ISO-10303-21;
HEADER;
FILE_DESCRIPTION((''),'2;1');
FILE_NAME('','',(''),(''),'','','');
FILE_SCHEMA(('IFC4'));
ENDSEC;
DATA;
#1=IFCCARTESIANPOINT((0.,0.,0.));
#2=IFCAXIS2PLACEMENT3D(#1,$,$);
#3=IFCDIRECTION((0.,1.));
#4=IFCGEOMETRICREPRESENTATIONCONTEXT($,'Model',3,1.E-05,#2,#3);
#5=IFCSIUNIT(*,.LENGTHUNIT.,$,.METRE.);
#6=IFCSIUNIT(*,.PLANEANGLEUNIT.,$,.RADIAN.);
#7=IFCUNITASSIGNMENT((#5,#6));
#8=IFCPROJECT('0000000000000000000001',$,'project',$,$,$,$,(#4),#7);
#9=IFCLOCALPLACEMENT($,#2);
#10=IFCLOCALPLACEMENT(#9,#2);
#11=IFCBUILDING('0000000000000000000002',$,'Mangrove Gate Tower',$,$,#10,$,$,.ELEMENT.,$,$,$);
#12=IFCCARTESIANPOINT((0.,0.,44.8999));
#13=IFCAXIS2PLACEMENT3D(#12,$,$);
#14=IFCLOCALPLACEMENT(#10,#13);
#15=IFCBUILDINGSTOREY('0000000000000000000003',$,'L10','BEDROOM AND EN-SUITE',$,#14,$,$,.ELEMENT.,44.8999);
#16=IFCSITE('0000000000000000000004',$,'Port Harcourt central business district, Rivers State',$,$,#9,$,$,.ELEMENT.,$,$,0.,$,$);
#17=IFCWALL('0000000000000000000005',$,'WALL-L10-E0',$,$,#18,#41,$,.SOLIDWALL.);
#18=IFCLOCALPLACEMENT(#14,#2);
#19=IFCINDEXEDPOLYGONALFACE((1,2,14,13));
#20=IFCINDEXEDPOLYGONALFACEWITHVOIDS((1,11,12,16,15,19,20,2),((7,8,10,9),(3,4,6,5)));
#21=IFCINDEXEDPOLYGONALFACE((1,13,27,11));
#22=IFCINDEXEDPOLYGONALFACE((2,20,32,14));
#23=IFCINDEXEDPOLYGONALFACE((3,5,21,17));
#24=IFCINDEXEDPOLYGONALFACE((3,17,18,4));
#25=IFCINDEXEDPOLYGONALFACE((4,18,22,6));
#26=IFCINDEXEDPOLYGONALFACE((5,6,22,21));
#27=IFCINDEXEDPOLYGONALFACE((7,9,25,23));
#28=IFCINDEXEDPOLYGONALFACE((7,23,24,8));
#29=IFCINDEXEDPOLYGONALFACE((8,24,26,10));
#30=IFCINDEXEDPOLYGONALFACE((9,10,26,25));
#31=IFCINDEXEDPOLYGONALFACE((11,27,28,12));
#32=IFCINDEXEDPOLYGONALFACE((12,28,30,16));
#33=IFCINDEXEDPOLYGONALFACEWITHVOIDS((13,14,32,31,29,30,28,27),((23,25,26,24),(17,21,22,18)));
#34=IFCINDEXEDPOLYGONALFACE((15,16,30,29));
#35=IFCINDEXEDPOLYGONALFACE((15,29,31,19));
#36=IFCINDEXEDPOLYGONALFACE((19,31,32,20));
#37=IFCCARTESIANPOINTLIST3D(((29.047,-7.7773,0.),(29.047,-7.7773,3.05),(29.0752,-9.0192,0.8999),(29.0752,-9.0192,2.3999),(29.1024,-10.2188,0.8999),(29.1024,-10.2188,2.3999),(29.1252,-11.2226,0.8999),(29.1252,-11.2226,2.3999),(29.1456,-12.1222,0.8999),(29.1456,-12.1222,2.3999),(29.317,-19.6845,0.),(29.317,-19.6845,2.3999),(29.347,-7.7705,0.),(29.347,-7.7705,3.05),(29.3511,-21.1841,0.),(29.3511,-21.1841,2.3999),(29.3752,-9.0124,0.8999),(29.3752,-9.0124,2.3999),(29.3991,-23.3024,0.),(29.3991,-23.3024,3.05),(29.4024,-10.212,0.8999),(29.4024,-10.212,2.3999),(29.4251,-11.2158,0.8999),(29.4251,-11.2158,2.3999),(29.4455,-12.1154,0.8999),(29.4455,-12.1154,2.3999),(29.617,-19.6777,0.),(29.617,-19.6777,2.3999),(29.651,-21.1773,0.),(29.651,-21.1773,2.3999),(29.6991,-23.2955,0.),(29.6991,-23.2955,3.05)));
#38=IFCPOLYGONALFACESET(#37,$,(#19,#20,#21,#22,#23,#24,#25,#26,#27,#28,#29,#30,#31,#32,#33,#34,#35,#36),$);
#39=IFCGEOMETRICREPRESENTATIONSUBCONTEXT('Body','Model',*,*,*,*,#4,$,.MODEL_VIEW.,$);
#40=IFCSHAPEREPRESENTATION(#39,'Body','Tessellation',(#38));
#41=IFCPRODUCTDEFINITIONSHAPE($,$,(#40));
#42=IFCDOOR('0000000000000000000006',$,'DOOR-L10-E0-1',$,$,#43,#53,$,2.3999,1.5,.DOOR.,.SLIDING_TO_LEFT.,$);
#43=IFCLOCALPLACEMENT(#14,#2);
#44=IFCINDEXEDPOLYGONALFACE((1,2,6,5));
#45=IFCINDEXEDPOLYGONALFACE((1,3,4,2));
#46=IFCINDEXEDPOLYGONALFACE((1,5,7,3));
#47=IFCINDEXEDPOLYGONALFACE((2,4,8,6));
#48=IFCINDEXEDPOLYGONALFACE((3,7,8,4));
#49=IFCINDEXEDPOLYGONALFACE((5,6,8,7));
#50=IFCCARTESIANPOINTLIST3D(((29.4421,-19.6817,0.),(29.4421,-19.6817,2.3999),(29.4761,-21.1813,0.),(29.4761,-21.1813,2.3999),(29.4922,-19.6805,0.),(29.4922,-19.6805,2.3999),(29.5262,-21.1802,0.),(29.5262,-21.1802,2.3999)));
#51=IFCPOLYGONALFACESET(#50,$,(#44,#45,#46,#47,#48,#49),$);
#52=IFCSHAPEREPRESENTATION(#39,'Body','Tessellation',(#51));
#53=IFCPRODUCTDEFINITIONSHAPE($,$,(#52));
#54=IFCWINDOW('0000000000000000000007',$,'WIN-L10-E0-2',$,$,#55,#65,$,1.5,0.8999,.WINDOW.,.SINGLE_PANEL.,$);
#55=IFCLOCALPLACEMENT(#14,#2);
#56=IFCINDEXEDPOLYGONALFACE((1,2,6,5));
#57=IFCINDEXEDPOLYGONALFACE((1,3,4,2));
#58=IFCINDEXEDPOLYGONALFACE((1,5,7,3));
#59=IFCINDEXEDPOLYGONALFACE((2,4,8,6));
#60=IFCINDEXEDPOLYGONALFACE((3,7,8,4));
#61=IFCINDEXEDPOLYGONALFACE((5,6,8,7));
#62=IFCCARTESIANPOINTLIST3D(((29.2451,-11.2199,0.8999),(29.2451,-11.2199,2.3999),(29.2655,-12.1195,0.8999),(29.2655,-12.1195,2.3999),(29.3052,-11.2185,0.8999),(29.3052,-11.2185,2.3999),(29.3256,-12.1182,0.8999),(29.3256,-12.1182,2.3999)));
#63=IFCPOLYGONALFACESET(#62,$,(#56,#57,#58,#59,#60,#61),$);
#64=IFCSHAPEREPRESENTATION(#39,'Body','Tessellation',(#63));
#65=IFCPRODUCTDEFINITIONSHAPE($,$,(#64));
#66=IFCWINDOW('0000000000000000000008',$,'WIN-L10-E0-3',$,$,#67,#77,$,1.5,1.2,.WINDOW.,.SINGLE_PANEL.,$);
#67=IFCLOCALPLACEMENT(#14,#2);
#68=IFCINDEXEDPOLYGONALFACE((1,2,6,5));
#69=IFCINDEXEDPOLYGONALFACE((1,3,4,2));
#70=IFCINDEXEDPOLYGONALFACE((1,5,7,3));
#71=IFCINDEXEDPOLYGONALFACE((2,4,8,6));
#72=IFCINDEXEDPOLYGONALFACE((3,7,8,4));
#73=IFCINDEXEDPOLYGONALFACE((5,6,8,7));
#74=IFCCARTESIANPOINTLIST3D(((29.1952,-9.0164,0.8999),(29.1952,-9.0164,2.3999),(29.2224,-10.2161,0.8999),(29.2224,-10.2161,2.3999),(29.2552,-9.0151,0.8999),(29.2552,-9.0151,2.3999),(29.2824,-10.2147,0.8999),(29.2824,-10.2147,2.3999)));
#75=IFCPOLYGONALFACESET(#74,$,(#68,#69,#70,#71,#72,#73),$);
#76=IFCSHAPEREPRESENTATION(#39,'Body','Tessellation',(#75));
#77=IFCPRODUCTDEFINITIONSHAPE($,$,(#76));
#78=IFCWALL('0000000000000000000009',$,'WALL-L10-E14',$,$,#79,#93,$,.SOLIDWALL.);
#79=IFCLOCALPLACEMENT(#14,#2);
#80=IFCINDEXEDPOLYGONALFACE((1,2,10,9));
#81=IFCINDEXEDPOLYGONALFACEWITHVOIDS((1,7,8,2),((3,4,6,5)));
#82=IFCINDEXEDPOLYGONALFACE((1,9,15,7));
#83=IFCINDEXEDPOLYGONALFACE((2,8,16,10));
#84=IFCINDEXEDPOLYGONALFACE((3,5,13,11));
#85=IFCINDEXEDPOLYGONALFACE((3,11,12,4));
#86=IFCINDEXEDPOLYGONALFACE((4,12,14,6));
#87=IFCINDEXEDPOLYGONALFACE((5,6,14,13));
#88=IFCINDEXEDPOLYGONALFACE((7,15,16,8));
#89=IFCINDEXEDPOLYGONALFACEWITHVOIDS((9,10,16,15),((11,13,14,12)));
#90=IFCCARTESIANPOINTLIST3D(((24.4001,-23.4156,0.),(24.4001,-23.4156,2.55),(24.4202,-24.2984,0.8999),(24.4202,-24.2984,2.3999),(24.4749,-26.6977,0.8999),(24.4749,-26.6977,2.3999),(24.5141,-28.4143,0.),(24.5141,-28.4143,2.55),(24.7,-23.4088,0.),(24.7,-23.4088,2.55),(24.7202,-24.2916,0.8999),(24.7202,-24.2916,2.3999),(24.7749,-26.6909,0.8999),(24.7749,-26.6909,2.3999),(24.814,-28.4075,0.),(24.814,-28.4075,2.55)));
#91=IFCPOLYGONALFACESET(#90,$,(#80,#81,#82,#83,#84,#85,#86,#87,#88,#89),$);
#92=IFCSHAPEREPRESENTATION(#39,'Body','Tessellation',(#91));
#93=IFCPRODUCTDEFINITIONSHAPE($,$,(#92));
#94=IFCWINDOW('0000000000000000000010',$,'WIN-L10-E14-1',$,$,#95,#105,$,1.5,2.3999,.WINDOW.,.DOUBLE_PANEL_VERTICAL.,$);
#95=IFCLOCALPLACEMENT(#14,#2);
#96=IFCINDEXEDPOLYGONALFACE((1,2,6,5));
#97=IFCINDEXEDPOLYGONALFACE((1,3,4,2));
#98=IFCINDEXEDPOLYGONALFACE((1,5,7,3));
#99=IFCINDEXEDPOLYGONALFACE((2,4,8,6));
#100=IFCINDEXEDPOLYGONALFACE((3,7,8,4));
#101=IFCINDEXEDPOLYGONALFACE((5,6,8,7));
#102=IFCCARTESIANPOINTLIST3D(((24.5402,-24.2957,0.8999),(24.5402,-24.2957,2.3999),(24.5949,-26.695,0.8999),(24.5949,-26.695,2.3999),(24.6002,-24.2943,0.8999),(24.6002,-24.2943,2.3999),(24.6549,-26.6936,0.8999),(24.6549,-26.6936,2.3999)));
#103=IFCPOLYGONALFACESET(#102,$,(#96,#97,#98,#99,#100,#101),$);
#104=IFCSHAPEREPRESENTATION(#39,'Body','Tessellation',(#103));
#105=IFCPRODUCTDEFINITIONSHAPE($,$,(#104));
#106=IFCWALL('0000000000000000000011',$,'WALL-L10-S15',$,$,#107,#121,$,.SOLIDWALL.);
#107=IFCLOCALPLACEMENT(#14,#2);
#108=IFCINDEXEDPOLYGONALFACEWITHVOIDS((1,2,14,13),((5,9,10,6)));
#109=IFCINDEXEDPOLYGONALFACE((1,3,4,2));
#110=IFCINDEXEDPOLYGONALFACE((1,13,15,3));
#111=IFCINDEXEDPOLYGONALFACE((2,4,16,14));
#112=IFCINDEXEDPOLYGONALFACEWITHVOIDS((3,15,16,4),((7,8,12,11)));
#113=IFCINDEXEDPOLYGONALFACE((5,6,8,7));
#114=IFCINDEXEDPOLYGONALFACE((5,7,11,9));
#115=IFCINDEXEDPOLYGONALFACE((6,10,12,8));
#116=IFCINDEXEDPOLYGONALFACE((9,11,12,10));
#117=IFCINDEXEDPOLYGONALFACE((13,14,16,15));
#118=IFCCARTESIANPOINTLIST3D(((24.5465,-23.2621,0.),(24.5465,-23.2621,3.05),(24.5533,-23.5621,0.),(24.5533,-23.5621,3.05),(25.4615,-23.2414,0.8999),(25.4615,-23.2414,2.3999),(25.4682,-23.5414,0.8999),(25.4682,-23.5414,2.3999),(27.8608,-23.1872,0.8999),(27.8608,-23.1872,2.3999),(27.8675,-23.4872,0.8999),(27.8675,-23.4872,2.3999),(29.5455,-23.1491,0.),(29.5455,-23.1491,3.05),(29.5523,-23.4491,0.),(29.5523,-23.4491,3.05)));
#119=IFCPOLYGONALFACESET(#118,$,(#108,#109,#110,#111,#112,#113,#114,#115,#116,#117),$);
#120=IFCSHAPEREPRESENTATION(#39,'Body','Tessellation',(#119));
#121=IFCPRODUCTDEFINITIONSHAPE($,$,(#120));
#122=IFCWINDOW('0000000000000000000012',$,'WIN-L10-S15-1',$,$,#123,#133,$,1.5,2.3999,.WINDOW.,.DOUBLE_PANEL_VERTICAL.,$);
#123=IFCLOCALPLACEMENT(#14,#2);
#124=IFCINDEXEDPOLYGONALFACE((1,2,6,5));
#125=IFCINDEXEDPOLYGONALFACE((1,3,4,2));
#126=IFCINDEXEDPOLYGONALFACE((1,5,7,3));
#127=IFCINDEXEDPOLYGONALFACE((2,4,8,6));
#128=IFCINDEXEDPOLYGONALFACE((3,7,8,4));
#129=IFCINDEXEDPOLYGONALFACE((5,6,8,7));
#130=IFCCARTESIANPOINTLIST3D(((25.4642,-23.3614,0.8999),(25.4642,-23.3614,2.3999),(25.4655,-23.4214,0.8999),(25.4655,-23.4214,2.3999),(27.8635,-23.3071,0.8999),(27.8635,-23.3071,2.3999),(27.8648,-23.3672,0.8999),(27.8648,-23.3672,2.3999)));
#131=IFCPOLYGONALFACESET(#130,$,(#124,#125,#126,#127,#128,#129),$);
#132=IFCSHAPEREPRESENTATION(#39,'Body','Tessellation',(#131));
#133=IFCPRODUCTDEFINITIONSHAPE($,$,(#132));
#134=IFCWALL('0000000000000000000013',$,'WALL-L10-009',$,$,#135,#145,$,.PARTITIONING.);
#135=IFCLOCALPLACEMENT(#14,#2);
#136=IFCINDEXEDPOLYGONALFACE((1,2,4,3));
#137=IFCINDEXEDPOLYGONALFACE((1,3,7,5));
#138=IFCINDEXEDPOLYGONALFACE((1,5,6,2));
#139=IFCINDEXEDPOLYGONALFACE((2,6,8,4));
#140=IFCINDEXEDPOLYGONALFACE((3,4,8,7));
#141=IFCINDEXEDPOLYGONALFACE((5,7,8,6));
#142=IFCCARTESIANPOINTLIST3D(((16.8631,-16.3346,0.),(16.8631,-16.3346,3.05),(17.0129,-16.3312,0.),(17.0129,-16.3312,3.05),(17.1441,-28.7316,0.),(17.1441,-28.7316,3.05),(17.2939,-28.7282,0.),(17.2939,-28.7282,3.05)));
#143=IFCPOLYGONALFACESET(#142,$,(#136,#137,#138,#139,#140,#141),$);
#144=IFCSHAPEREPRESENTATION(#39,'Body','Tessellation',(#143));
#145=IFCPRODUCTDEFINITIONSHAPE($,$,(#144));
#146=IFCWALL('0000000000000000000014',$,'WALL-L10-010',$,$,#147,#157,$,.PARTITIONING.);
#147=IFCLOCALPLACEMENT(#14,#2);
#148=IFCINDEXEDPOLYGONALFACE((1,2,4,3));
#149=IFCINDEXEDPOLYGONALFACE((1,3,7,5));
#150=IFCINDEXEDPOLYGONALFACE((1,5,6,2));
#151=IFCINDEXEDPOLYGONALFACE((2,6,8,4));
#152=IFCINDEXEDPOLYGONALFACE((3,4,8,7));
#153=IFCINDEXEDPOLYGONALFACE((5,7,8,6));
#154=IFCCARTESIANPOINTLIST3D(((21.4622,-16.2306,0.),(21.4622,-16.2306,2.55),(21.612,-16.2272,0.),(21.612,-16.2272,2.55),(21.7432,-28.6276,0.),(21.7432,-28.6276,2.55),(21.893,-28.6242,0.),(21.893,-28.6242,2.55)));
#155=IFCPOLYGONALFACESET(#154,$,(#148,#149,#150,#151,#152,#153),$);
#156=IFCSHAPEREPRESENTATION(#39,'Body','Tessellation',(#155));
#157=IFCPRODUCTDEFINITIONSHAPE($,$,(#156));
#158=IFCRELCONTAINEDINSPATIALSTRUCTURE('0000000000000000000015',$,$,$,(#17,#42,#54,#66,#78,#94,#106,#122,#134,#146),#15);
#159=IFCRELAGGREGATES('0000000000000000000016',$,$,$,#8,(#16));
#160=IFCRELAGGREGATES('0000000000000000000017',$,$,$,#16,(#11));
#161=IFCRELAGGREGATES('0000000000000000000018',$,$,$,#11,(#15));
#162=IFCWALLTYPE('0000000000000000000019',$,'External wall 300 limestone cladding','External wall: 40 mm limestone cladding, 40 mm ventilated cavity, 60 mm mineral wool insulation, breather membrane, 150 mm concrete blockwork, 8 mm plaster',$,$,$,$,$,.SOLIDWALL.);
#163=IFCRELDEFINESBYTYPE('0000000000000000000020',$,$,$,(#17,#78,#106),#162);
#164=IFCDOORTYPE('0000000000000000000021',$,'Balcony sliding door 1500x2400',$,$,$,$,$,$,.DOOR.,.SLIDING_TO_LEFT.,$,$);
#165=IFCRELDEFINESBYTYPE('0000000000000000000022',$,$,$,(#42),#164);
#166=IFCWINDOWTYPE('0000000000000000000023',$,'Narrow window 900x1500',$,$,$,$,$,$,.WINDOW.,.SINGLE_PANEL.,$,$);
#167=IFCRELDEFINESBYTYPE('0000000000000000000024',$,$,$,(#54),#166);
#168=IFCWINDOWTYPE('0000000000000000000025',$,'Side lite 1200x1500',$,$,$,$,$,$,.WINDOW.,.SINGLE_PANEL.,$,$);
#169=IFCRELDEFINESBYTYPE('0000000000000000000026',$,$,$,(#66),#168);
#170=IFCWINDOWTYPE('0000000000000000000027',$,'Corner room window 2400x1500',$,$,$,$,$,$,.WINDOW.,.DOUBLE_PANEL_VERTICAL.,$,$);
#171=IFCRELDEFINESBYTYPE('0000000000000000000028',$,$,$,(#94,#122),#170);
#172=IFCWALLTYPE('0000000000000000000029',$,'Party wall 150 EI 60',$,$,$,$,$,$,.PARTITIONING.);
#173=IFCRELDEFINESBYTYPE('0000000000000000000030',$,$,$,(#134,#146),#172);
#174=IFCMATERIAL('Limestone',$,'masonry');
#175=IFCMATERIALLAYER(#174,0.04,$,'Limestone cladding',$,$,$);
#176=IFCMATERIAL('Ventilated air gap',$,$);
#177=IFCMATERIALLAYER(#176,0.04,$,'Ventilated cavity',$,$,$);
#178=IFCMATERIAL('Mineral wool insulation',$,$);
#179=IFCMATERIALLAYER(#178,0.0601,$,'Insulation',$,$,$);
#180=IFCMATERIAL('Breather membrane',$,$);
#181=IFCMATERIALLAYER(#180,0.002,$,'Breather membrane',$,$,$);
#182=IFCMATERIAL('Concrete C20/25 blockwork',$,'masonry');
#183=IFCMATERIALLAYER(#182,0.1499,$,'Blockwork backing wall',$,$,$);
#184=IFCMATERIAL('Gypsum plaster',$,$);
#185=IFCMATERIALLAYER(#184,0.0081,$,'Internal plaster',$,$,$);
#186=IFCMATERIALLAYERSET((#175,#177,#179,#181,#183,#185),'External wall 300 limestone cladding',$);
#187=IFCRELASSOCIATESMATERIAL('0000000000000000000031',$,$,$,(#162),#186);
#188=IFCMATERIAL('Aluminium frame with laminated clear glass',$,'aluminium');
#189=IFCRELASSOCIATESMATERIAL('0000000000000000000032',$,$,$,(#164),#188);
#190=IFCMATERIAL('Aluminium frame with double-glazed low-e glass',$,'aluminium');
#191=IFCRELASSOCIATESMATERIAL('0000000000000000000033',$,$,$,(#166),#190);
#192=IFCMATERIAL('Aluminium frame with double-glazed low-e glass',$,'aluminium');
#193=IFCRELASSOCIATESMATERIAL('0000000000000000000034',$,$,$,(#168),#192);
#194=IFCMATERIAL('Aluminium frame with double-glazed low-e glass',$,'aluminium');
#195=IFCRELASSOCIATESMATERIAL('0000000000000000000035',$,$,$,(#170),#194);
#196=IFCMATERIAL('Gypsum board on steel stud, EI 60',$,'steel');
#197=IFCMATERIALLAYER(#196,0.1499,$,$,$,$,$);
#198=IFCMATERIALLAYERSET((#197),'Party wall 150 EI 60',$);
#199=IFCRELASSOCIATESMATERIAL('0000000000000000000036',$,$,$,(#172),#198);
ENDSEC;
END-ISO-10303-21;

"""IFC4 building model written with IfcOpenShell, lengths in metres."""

from ifc_helpers import new_model, si_unit, direction, frame, frame_2d, origin, place, context, subcontext, project, spatial, rectangle, extrude, material, layer, layer_set, type_object, element, fill, save


model = new_model("IFC4")

# Units and contexts
model_context = context("Model", 3, precision=1e-05, world=origin(), true_north=direction((0.0, 1.0)))
body_context = subcontext(model_context, "Body", "Model", "MODEL_VIEW")
ifc_project = project(units=[si_unit("LENGTHUNIT", "METRE"), si_unit("PLANEANGLEUNIT", "RADIAN")], contexts=[model_context])

# Site, building, storey
site_placement = place(None, origin())
site = spatial("IfcSite", under=ifc_project, at=site_placement, Name="Port Harcourt central business district, Rivers State", CompositionType="ELEMENT", RefElevation=0.0)
building_placement = place(site_placement, origin())
building = spatial("IfcBuilding", under=site, at=building_placement, Name="Mangrove Gate Tower", CompositionType="ELEMENT")
storey_placement = place(building_placement, frame((0.0, 0.0, 44.8999)))
storey = spatial("IfcBuildingStorey", under=building, at=storey_placement, Name="L10", Description="BEDROOM AND EN-SUITE", CompositionType="ELEMENT", Elevation=44.8999)

# Wall, openings, door, windows
ifc_material_1 = material(Name="Limestone", Category="masonry")
ifc_layer_1 = layer(ifc_material_1, 0.04, Name="Limestone cladding")
ifc_material_2 = material(Name="Ventilated air gap")
ifc_layer_2 = layer(ifc_material_2, 0.04, Name="Ventilated cavity")
ifc_material_3 = material(Name="Mineral wool insulation")
ifc_layer_3 = layer(ifc_material_3, 0.0601, Name="Insulation")
ifc_material_4 = material(Name="Breather membrane")
ifc_layer_4 = layer(ifc_material_4, 0.002, Name="Breather membrane")
ifc_material_5 = material(Name="Concrete C20/25 blockwork", Category="masonry")
ifc_layer_5 = layer(ifc_material_5, 0.1499, Name="Blockwork backing wall")
ifc_material_6 = material(Name="Gypsum plaster")
ifc_layer_6 = layer(ifc_material_6, 0.0081, Name="Internal plaster")
ifc_layer_set_1 = layer_set([ifc_layer_1, ifc_layer_2, ifc_layer_3, ifc_layer_4, ifc_layer_5, ifc_layer_6], Name="External wall 300 limestone cladding")
wall_type_1 = type_object("IfcWallType", Name="External wall 300 limestone cladding", Description="External wall: 40 mm limestone cladding, 40 mm ventilated cavity, 60 mm mineral wool insulation, breather membrane, 150 mm concrete blockwork, 8 mm plaster", PredefinedType="SOLIDWALL", material=ifc_layer_set_1)
wall_1_placement = place(storey_placement, frame((29.5491, -23.2991, 0.0), z_axis=(0.0, 0.0, 1.0), x_axis=(-0.02267, 0.999743, 0.0)))
wall_1 = element("IfcWall", 1, at=wall_1_placement, inside=storey, type_object=wall_type_1, Name="WALL-L10-E0", PredefinedType="SOLIDWALL", context=body_context, shape_type="SweptSolid", body=[
    extrude(rectangle(XDim=15.5291, YDim=0.3, at=frame_2d((7.7646, 0.0))), origin(), (0.0, 0.0, 1.0), 3.05),
])
opening_1_placement = place(wall_1_placement, frame((2.1189, 0.0, 0.0)))
opening_1 = element("IfcOpeningElement", 2, at=opening_1_placement, cuts=wall_1, PredefinedType="OPENING", context=body_context, shape_type="SweptSolid", body=[
    extrude(rectangle(XDim=1.5, YDim=2.3999, at=frame_2d((0.75, 1.2))), frame((0.0, 0.1599, 0.0), z_axis=(0.0, -1.0, 0.0), x_axis=(1.0, 0.0, 0.0)), (0.0, 0.0, 1.0), 0.3201),
])
opening_2_placement = place(wall_1_placement, frame((11.1831, 0.0, 0.8999)))
opening_2 = element("IfcOpeningElement", 3, at=opening_2_placement, cuts=wall_1, PredefinedType="OPENING", context=body_context, shape_type="SweptSolid", body=[
    extrude(rectangle(XDim=0.8999, YDim=1.5, at=frame_2d((0.45, 0.75))), frame((0.0, 0.1599, 0.0), z_axis=(0.0, -1.0, 0.0), x_axis=(1.0, 0.0, 0.0)), (0.0, 0.0, 1.0), 0.3201),
])
opening_3_placement = place(wall_1_placement, frame((13.0869, 0.0, 0.8999)))
opening_3 = element("IfcOpeningElement", 4, at=opening_3_placement, cuts=wall_1, PredefinedType="OPENING", context=body_context, shape_type="SweptSolid", body=[
    extrude(rectangle(XDim=1.2, YDim=1.5, at=frame_2d((0.6001, 0.75))), frame((0.0, 0.1599, 0.0), z_axis=(0.0, -1.0, 0.0), x_axis=(1.0, 0.0, 0.0)), (0.0, 0.0, 1.0), 0.3201),
])
ifc_material_7 = material(Name="Aluminium frame with laminated clear glass", Category="aluminium")
door_type_1 = type_object("IfcDoorType", Name="Balcony sliding door 1500x2400", OperationType="SLIDING_TO_LEFT", PredefinedType="DOOR", material=ifc_material_7)
door_1_placement = place(opening_1_placement, origin())
door_1 = element("IfcDoor", 5, at=door_1_placement, inside=storey, type_object=door_type_1, Name="DOOR-L10-E0-1", OperationType="SLIDING_TO_LEFT", OverallHeight=2.3999, OverallWidth=1.5, PredefinedType="DOOR", context=body_context, shape_type="SweptSolid", body=[
    extrude(rectangle(XDim=1.5, YDim=2.3999, at=frame_2d((0.75, 1.2))), frame((0.0, 0.0249, 0.0), z_axis=(0.0, -1.0, 0.0), x_axis=(1.0, 0.0, 0.0)), (0.0, 0.0, 1.0), 0.05),
])
fill(opening_1, door_1)
ifc_material_8 = material(Name="Aluminium frame with double-glazed low-e glass", Category="aluminium")
window_type_1 = type_object("IfcWindowType", Name="Narrow window 900x1500", PartitioningType="SINGLE_PANEL", PredefinedType="WINDOW", material=ifc_material_8)
window_1_placement = place(opening_2_placement, origin())
window_1 = element("IfcWindow", 6, at=window_1_placement, inside=storey, type_object=window_type_1, Name="WIN-L10-E0-2", OverallHeight=1.5, OverallWidth=0.8999, PartitioningType="SINGLE_PANEL", PredefinedType="WINDOW", context=body_context, shape_type="SweptSolid", body=[
    extrude(rectangle(XDim=0.8999, YDim=1.5, at=frame_2d((0.45, 0.75))), frame((0.0, 0.03, 0.0), z_axis=(0.0, -1.0, 0.0), x_axis=(1.0, 0.0, 0.0)), (0.0, 0.0, 1.0), 0.0601),
])
fill(opening_2, window_1)
ifc_material_9 = material(Name="Aluminium frame with double-glazed low-e glass", Category="aluminium")
window_type_2 = type_object("IfcWindowType", Name="Side lite 1200x1500", PartitioningType="SINGLE_PANEL", PredefinedType="WINDOW", material=ifc_material_9)
window_2_placement = place(opening_3_placement, origin())
window_2 = element("IfcWindow", 7, at=window_2_placement, inside=storey, type_object=window_type_2, Name="WIN-L10-E0-3", OverallHeight=1.5, OverallWidth=1.2, PartitioningType="SINGLE_PANEL", PredefinedType="WINDOW", context=body_context, shape_type="SweptSolid", body=[
    extrude(rectangle(XDim=1.2, YDim=1.5, at=frame_2d((0.6001, 0.75))), frame((0.0, 0.03, 0.0), z_axis=(0.0, -1.0, 0.0), x_axis=(1.0, 0.0, 0.0)), (0.0, 0.0, 1.0), 0.0601),
])
fill(opening_3, window_2)

# Walls, openings, windows
wall_2_placement = place(storey_placement, frame((24.6641, -28.4109, 0.0), z_axis=(0.0, 0.0, 1.0), x_axis=(-0.022802, 0.99974, 0.0)))
wall_2 = element("IfcWall", 8, at=wall_2_placement, inside=storey, type_object=wall_type_1, Name="WALL-L10-E14", PredefinedType="SOLIDWALL", context=body_context, shape_type="SweptSolid", body=[
    extrude(rectangle(XDim=5.0, YDim=0.3, at=frame_2d((2.5, 0.0))), origin(), (0.0, 0.0, 1.0), 2.55),
])
opening_4_placement = place(wall_2_placement, frame((1.717, 0.0, 0.8999)))
opening_4 = element("IfcOpeningElement", 9, at=opening_4_placement, cuts=wall_2, PredefinedType="OPENING", context=body_context, shape_type="SweptSolid", body=[
    extrude(rectangle(XDim=2.3999, YDim=1.5, at=frame_2d((1.2, 0.75))), frame((0.0, 0.1599, 0.0), z_axis=(0.0, -1.0, 0.0), x_axis=(1.0, 0.0, 0.0)), (0.0, 0.0, 1.0), 0.3201),
])
ifc_material_10 = material(Name="Aluminium frame with double-glazed low-e glass", Category="aluminium")
window_type_3 = type_object("IfcWindowType", Name="Corner room window 2400x1500", PartitioningType="DOUBLE_PANEL_VERTICAL", PredefinedType="WINDOW", material=ifc_material_10)
window_3_placement = place(opening_4_placement, origin())
window_3 = element("IfcWindow", 10, at=window_3_placement, inside=storey, type_object=window_type_3, Name="WIN-L10-E14-1", OverallHeight=1.5, OverallWidth=2.3999, PartitioningType="DOUBLE_PANEL_VERTICAL", PredefinedType="WINDOW", context=body_context, shape_type="SweptSolid", body=[
    extrude(rectangle(XDim=2.3999, YDim=1.5, at=frame_2d((1.2, 0.75))), frame((0.0, 0.03, 0.0), z_axis=(0.0, -1.0, 0.0), x_axis=(1.0, 0.0, 0.0)), (0.0, 0.0, 1.0), 0.0601),
])
fill(opening_4, window_3)
wall_3_placement = place(storey_placement, frame((24.55, -23.4121, 0.0), z_axis=(0.0, 0.0, 1.0), x_axis=(0.999744, 0.022606, 0.0)))
wall_3 = element("IfcWall", 11, at=wall_3_placement, inside=storey, type_object=wall_type_1, Name="WALL-L10-S15", PredefinedType="SOLIDWALL", context=body_context, shape_type="SweptSolid", body=[
    extrude(rectangle(XDim=5.0002, YDim=0.3, at=frame_2d((2.5, 0.0))), origin(), (0.0, 0.0, 1.0), 3.05),
])
opening_5_placement = place(wall_3_placement, frame((0.915, 0.0, 0.8999)))
opening_5 = element("IfcOpeningElement", 12, at=opening_5_placement, cuts=wall_3, PredefinedType="OPENING", context=body_context, shape_type="SweptSolid", body=[
    extrude(rectangle(XDim=2.3999, YDim=1.5, at=frame_2d((1.2, 0.75))), frame((0.0, 0.1599, 0.0), z_axis=(0.0, -1.0, 0.0), x_axis=(1.0, 0.0, 0.0)), (0.0, 0.0, 1.0), 0.3201),
])
window_4_placement = place(opening_5_placement, origin())
window_4 = element("IfcWindow", 13, at=window_4_placement, inside=storey, type_object=window_type_3, Name="WIN-L10-S15-1", OverallHeight=1.5, OverallWidth=2.3999, PartitioningType="DOUBLE_PANEL_VERTICAL", PredefinedType="WINDOW", context=body_context, shape_type="SweptSolid", body=[
    extrude(rectangle(XDim=2.3999, YDim=1.5, at=frame_2d((1.2, 0.75))), frame((0.0, 0.03, 0.0), z_axis=(0.0, -1.0, 0.0), x_axis=(1.0, 0.0, 0.0)), (0.0, 0.0, 1.0), 0.0601),
])
fill(opening_5, window_4)

# Walls
ifc_material_11 = material(Name="Gypsum board on steel stud, EI 60", Category="steel")
ifc_layer_7 = layer(ifc_material_11, 0.1499)
ifc_layer_set_2 = layer_set([ifc_layer_7], Name="Party wall 150 EI 60")
wall_type_2 = type_object("IfcWallType", Name="Party wall 150 EI 60", PredefinedType="PARTITIONING", material=ifc_layer_set_2)
wall_4_placement = place(storey_placement, frame((17.219, -28.73, 0.0), z_axis=(0.0, 0.0, 1.0), x_axis=(-0.022661, 0.999743, 0.0)))
element("IfcWall", 14, at=wall_4_placement, inside=storey, type_object=wall_type_2, Name="WALL-L10-009", PredefinedType="PARTITIONING", context=body_context, shape_type="SweptSolid", body=[
    extrude(rectangle(XDim=12.4001, YDim=0.1499, at=frame_2d((6.2002, 0.0))), origin(), (0.0, 0.0, 1.0), 3.05),
])
wall_5_placement = place(storey_placement, frame((21.8181, -28.626, 0.0), z_axis=(0.0, 0.0, 1.0), x_axis=(-0.022661, 0.999743, 0.0)))
element("IfcWall", 15, at=wall_5_placement, inside=storey, type_object=wall_type_2, Name="WALL-L10-010", PredefinedType="PARTITIONING", context=body_context, shape_type="SweptSolid", body=[
    extrude(rectangle(XDim=12.4001, YDim=0.1499, at=frame_2d((6.2002, 0.0))), origin(), (0.0, 0.0, 1.0), 2.55),
])

save(model, "model.ifc")
